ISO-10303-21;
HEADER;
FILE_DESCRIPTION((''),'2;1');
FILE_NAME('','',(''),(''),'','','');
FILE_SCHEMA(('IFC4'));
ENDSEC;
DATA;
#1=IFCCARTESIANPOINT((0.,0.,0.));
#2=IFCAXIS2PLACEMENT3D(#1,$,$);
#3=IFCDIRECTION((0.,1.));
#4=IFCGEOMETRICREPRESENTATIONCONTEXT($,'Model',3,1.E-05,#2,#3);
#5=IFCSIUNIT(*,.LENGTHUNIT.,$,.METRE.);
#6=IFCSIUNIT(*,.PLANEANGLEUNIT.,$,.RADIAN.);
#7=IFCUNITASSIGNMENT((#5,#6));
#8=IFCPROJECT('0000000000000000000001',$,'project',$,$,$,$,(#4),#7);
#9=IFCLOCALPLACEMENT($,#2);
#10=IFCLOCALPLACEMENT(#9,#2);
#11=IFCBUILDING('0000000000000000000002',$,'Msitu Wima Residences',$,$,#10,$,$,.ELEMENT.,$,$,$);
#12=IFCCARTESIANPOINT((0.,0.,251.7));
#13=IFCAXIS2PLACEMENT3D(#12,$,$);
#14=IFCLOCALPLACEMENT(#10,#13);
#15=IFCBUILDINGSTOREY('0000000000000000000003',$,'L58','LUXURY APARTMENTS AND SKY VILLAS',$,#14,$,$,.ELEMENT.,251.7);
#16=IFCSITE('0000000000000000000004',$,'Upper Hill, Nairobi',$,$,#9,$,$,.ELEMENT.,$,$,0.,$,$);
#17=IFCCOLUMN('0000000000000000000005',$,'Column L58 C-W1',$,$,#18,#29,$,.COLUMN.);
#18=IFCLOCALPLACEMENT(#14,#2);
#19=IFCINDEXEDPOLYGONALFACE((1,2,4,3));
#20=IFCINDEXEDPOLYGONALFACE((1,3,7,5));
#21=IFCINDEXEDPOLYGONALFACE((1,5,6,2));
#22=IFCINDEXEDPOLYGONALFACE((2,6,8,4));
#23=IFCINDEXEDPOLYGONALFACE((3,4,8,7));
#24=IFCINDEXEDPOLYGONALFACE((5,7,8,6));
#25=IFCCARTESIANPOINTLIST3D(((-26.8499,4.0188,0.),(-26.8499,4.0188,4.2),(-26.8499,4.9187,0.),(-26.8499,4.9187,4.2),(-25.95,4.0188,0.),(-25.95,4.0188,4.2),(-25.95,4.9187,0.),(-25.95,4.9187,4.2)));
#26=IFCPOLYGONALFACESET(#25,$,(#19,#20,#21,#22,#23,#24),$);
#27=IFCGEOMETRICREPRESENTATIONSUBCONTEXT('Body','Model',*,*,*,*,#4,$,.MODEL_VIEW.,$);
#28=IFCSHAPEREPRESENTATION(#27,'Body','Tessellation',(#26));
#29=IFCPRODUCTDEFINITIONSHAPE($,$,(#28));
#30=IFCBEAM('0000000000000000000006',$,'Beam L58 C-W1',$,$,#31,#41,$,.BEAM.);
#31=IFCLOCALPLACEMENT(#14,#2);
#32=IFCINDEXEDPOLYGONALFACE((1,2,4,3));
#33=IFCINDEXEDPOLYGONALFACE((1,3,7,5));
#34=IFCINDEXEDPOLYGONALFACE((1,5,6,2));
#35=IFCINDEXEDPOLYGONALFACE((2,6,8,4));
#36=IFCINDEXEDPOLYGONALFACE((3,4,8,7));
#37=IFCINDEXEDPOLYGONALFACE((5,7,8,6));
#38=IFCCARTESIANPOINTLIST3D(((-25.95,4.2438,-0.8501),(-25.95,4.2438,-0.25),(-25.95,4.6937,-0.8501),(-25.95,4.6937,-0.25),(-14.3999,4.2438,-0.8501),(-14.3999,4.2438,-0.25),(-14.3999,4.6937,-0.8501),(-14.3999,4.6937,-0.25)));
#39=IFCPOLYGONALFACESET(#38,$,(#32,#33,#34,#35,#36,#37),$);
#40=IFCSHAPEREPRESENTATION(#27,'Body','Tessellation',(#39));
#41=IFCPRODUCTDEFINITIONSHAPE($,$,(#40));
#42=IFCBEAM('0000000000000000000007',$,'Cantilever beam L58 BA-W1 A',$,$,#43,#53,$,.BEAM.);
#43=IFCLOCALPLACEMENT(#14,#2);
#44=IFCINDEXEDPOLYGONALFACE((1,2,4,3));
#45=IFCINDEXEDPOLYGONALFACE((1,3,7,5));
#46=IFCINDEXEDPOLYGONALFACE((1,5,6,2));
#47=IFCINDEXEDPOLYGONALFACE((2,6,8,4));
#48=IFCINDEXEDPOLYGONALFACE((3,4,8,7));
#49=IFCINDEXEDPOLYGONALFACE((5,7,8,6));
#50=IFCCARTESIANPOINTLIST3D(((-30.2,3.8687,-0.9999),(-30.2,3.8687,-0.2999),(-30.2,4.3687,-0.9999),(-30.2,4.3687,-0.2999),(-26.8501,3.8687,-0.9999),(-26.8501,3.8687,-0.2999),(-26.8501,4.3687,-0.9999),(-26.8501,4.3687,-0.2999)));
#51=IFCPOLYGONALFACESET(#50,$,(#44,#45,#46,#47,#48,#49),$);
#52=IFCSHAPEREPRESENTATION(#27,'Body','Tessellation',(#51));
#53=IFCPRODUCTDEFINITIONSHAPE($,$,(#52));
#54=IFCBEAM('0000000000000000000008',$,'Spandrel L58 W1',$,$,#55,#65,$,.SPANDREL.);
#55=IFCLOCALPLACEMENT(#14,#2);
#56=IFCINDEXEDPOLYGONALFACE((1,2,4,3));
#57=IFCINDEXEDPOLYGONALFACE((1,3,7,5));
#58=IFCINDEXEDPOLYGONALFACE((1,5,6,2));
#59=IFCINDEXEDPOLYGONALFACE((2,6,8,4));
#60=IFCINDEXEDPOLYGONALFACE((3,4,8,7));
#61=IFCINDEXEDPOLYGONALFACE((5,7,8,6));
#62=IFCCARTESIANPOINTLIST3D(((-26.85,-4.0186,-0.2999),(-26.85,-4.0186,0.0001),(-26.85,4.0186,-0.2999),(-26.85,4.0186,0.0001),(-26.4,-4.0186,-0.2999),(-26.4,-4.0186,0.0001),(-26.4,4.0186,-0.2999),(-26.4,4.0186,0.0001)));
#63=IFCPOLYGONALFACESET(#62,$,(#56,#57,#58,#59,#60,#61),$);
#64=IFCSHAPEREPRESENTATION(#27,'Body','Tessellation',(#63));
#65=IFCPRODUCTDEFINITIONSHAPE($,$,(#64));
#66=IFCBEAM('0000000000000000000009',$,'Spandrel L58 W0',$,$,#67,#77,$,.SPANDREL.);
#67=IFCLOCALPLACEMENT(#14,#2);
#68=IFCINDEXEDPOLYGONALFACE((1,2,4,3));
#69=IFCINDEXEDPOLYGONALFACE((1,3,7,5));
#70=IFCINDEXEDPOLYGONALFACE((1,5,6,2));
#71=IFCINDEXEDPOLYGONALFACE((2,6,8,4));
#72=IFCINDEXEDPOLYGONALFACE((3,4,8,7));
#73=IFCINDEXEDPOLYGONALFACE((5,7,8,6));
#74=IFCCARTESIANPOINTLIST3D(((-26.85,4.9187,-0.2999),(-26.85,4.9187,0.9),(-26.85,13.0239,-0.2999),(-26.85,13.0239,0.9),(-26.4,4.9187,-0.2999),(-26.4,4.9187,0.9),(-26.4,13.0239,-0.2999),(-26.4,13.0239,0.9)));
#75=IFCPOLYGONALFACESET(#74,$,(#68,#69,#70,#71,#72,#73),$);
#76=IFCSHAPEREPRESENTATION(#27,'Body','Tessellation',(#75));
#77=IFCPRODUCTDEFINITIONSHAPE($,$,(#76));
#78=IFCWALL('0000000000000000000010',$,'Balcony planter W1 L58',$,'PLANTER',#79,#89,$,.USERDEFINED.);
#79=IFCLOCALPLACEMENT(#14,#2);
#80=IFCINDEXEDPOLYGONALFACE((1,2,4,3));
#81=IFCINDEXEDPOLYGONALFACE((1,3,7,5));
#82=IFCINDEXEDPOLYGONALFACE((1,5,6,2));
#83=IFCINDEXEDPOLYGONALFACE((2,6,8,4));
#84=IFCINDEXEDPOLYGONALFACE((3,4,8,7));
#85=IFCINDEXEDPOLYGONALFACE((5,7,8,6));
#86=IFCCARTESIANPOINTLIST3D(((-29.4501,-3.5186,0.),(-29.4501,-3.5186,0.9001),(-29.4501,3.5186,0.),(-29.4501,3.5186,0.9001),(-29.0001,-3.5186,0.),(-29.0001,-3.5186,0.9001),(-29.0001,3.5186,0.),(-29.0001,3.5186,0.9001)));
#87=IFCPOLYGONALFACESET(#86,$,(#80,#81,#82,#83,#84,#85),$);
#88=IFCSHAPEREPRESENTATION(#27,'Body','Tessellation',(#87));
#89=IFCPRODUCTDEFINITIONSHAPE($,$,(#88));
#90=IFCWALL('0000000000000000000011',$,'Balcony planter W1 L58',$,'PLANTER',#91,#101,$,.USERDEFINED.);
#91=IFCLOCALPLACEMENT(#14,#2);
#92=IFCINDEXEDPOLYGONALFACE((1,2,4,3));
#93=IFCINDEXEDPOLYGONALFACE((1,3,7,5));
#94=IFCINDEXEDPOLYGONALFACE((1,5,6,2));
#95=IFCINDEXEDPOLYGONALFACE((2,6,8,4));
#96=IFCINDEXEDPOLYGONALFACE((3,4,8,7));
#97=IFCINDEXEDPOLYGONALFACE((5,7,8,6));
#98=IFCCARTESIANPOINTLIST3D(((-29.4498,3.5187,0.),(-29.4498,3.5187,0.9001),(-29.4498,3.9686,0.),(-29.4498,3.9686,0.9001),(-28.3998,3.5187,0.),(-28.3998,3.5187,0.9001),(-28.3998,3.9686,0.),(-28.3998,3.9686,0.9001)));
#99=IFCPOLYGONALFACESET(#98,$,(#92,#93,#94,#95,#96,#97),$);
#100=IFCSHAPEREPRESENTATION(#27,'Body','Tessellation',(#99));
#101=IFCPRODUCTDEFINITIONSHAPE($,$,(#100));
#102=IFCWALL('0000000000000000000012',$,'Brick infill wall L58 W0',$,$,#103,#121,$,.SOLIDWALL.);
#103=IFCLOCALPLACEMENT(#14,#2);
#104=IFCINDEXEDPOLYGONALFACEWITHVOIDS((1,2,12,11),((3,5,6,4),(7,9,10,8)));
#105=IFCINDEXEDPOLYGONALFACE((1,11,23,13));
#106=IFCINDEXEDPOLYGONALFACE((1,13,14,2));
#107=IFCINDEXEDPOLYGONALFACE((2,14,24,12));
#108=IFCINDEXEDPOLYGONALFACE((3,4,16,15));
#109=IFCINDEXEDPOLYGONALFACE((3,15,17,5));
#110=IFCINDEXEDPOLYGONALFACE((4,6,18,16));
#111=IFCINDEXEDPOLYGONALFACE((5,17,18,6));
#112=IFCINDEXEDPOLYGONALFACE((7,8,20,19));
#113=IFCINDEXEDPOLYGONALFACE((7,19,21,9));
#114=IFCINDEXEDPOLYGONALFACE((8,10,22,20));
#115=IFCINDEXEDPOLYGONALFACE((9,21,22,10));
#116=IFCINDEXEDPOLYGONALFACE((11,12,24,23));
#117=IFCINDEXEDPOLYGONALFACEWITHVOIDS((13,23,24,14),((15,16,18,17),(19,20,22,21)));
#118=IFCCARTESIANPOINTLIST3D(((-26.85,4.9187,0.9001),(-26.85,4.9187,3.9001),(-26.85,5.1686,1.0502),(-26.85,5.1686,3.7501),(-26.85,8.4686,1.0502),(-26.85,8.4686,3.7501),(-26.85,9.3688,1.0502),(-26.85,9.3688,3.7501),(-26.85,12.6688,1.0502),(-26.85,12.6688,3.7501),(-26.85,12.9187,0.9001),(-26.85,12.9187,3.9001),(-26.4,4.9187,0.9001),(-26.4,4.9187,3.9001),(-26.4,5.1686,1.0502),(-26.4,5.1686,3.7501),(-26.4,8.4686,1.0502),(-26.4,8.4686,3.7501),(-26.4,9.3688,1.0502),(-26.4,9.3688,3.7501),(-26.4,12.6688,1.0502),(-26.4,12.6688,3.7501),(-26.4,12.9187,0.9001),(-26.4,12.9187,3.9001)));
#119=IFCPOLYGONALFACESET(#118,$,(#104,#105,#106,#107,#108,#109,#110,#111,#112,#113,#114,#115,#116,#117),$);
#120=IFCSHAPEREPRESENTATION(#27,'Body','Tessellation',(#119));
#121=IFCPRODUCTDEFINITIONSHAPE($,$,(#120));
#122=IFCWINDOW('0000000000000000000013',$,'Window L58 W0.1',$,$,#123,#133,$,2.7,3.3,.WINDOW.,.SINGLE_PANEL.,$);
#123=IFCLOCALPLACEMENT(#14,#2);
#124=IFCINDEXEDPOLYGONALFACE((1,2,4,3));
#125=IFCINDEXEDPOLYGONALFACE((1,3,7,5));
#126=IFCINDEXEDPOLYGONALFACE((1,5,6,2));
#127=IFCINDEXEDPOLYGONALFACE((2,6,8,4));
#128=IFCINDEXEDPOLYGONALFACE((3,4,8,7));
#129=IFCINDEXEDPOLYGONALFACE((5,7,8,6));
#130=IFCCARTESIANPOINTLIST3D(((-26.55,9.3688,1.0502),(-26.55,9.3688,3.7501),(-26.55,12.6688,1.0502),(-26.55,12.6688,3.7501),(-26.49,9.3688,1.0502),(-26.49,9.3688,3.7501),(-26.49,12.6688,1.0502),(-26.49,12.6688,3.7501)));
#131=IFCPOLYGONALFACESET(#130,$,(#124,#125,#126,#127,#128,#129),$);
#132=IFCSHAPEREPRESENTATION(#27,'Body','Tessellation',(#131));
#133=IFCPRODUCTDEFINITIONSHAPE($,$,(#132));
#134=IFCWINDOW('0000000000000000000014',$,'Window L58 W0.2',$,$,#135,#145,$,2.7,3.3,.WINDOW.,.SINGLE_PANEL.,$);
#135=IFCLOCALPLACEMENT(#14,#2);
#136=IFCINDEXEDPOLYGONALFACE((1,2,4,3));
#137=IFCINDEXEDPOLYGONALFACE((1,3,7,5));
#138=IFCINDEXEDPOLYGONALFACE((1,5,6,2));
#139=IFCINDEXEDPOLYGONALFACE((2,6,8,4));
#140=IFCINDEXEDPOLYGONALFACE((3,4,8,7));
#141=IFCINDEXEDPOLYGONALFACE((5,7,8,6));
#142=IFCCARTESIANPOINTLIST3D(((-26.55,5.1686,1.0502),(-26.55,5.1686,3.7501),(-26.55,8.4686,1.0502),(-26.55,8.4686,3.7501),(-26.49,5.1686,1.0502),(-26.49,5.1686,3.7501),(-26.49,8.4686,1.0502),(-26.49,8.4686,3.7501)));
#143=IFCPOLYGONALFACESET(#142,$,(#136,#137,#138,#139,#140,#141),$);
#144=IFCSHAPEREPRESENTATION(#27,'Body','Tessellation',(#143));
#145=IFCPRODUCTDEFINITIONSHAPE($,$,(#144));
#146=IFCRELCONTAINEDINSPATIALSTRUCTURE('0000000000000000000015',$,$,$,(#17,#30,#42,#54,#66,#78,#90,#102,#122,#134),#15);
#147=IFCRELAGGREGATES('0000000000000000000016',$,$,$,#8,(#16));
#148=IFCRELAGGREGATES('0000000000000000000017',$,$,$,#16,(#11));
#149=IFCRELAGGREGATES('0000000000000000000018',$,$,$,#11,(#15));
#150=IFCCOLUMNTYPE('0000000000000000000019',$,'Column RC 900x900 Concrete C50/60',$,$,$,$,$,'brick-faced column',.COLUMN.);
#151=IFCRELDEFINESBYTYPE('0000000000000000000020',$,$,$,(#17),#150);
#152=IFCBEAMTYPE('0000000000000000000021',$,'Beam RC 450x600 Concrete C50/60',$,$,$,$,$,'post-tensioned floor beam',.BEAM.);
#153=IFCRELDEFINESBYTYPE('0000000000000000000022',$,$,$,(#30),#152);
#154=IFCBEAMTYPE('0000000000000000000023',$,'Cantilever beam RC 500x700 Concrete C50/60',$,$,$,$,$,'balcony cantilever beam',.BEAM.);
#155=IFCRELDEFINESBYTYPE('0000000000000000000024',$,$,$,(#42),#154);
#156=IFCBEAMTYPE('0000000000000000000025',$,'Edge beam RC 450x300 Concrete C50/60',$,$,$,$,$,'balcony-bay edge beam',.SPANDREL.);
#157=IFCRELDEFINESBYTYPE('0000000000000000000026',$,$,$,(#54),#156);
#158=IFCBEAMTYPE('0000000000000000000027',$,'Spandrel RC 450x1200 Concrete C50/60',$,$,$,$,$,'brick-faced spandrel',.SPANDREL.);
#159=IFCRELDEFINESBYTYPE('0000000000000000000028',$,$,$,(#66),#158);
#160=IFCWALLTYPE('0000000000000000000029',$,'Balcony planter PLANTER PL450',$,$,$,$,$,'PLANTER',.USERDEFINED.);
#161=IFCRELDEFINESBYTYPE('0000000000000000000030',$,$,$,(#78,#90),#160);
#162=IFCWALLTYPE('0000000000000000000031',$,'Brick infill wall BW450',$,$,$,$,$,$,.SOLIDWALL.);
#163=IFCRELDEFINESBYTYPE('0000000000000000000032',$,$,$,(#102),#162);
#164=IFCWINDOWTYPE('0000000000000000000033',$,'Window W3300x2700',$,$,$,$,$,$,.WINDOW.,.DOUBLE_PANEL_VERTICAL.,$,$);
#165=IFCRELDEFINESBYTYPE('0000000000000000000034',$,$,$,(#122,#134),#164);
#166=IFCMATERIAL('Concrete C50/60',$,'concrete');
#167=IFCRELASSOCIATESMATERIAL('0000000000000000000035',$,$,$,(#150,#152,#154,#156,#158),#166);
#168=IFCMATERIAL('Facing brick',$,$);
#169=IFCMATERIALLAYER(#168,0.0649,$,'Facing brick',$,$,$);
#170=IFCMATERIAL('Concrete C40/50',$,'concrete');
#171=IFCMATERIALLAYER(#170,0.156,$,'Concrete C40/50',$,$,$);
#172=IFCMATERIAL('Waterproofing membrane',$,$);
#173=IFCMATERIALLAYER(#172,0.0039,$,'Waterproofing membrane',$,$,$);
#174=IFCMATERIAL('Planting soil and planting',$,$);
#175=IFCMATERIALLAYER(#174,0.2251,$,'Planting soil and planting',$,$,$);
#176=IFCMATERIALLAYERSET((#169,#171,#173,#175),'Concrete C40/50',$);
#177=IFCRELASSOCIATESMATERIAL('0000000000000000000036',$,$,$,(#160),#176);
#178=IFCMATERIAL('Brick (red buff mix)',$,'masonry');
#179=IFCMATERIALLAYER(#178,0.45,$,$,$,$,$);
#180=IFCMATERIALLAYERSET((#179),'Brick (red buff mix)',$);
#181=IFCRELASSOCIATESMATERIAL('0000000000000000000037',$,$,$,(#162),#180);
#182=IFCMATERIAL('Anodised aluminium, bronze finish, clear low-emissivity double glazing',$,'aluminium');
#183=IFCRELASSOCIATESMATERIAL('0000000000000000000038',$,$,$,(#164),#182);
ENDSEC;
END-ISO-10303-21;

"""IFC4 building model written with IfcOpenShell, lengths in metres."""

from ifc_helpers import new_model, si_unit, direction, frame, frame_2d, origin, origin_2d, place, context, subcontext, project, spatial, rectangle, extrude, material, layer, layer_set, material_profile, profile_set, type_object, element, fill, save


model = new_model("IFC4")

# Units and contexts
model_context = context("Model", 3, precision=1e-05, world=origin(), true_north=direction((0.0, 1.0)))
body_context = subcontext(model_context, "Body", "Model", "MODEL_VIEW")
ifc_project = project(units=[si_unit("LENGTHUNIT", "METRE"), si_unit("PLANEANGLEUNIT", "RADIAN")], contexts=[model_context])

# Site, building, storey
site_placement = place(None, origin())
site = spatial("IfcSite", under=ifc_project, at=site_placement, Name="Upper Hill, Nairobi", CompositionType="ELEMENT", RefElevation=0.0)
building_placement = place(site_placement, origin())
building = spatial("IfcBuilding", under=site, at=building_placement, Name="Msitu Wima Residences", CompositionType="ELEMENT")
storey_placement = place(building_placement, frame((0.0, 0.0, 251.7)))
storey = spatial("IfcBuildingStorey", under=building, at=storey_placement, Name="L58", Description="LUXURY APARTMENTS AND SKY VILLAS", CompositionType="ELEMENT", Elevation=251.7)

# Column
ifc_material_1 = material(Name="Concrete C50/60", Category="concrete")
ifc_material_profile_1 = material_profile(ifc_material_1, rectangle(XDim=0.8999, YDim=0.8999, at=origin_2d()), Name="RC 900x900")
ifc_profile_set_1 = profile_set([ifc_material_profile_1], Name="Concrete C50/60")
column_type = type_object("IfcColumnType", Name="Column RC 900x900 Concrete C50/60", ElementType="brick-faced column", PredefinedType="COLUMN", material=ifc_profile_set_1)
column_placement = place(storey_placement, frame((-26.3999, 4.4688, 0.0), z_axis=(0.0, 0.0, 1.0), x_axis=(0.0, -1.0, 0.0)))
element("IfcColumn", 1, at=column_placement, inside=storey, type_object=column_type, Name="Column L58 C-W1", PredefinedType="COLUMN", context=body_context, shape_type="SweptSolid", body=[
    extrude(rectangle(XDim=0.8999, YDim=0.8999, at=origin_2d()), origin(), (0.0, 0.0, 1.0), 4.2),
])

# Beams
ifc_material_profile_2 = material_profile(ifc_material_1, rectangle(XDim=0.45, YDim=0.6001, at=origin_2d()), Name="RC 450x600")
ifc_profile_set_2 = profile_set([ifc_material_profile_2], Name="Concrete C50/60")
beam_type_1 = type_object("IfcBeamType", Name="Beam RC 450x600 Concrete C50/60", ElementType="post-tensioned floor beam", PredefinedType="BEAM", material=ifc_profile_set_2)
beam_1_placement = place(storey_placement, frame((-25.95, 4.4688, -0.55), z_axis=(1.0, 0.0, 0.0), x_axis=(0.0, 1.0, 0.0)))
element("IfcBeam", 2, at=beam_1_placement, inside=storey, type_object=beam_type_1, Name="Beam L58 C-W1", PredefinedType="BEAM", context=body_context, shape_type="SweptSolid", body=[
    extrude(rectangle(XDim=0.45, YDim=0.6001, at=origin_2d()), origin(), (0.0, 0.0, 1.0), 11.55),
])
ifc_material_profile_3 = material_profile(ifc_material_1, rectangle(XDim=0.5, YDim=0.7, at=origin_2d()), Name="RC 500x700")
ifc_profile_set_3 = profile_set([ifc_material_profile_3], Name="Concrete C50/60")
beam_type_2 = type_object("IfcBeamType", Name="Cantilever beam RC 500x700 Concrete C50/60", ElementType="balcony cantilever beam", PredefinedType="BEAM", material=ifc_profile_set_3)
beam_2_placement = place(storey_placement, frame((-26.8501, 4.1187, -0.6499), z_axis=(-1.0, 0.0, 0.0), x_axis=(0.0, -1.0, 0.0)))
element("IfcBeam", 3, at=beam_2_placement, inside=storey, type_object=beam_type_2, Name="Cantilever beam L58 BA-W1 A", PredefinedType="BEAM", context=body_context, shape_type="SweptSolid", body=[
    extrude(rectangle(XDim=0.5, YDim=0.7, at=origin_2d()), origin(), (0.0, 0.0, 1.0), 3.3499),
])
ifc_material_profile_4 = material_profile(ifc_material_1, rectangle(XDim=0.45, YDim=0.3, at=origin_2d()), Name="RC 450x300")
ifc_profile_set_4 = profile_set([ifc_material_profile_4], Name="Concrete C50/60")
beam_type_3 = type_object("IfcBeamType", Name="Edge beam RC 450x300 Concrete C50/60", ElementType="balcony-bay edge beam", PredefinedType="SPANDREL", material=ifc_profile_set_4)
beam_3_placement = place(storey_placement, frame((-26.625, 4.0186, -0.1499), z_axis=(0.0, -1.0, 0.0), x_axis=(1.0, 0.0, 0.0)))
element("IfcBeam", 4, at=beam_3_placement, inside=storey, type_object=beam_type_3, Name="Spandrel L58 W1", PredefinedType="SPANDREL", context=body_context, shape_type="SweptSolid", body=[
    extrude(rectangle(XDim=0.45, YDim=0.3, at=origin_2d()), origin(), (0.0, 0.0, 1.0), 8.0371),
])
ifc_material_profile_5 = material_profile(ifc_material_1, rectangle(XDim=0.45, YDim=1.2, at=origin_2d()), Name="RC 450x1200")
ifc_profile_set_5 = profile_set([ifc_material_profile_5], Name="Concrete C50/60")
beam_type_4 = type_object("IfcBeamType", Name="Spandrel RC 450x1200 Concrete C50/60", ElementType="brick-faced spandrel", PredefinedType="SPANDREL", material=ifc_profile_set_5)
beam_4_placement = place(storey_placement, frame((-26.625, 13.0239, 0.3), z_axis=(0.0, -1.0, 0.0), x_axis=(1.0, 0.0, 0.0)))
element("IfcBeam", 5, at=beam_4_placement, inside=storey, type_object=beam_type_4, Name="Spandrel L58 W0", PredefinedType="SPANDREL", context=body_context, shape_type="SweptSolid", body=[
    extrude(rectangle(XDim=0.45, YDim=1.2, at=origin_2d()), origin(), (0.0, 0.0, 1.0), 8.1052),
])

# Walls
ifc_material_2 = material(Name="Facing brick")
ifc_layer_1 = layer(ifc_material_2, 0.0649, Name="Facing brick")
ifc_material_3 = material(Name="Concrete C40/50", Category="concrete")
ifc_layer_2 = layer(ifc_material_3, 0.156, Name="Concrete C40/50")
ifc_material_4 = material(Name="Waterproofing membrane")
ifc_layer_3 = layer(ifc_material_4, 0.0039, Name="Waterproofing membrane")
ifc_material_5 = material(Name="Planting soil and planting")
ifc_layer_4 = layer(ifc_material_5, 0.2251, Name="Planting soil and planting")
ifc_layer_set_1 = layer_set([ifc_layer_1, ifc_layer_2, ifc_layer_3, ifc_layer_4], Name="Concrete C40/50")
wall_type_1 = type_object("IfcWallType", Name="Balcony planter PLANTER PL450", ElementType="PLANTER", PredefinedType="USERDEFINED", material=ifc_layer_set_1)
wall_1_placement = place(storey_placement, frame((-29.2251, 3.5186, 0.0), z_axis=(0.0, 0.0, 1.0), x_axis=(0.0, -1.0, 0.0)))
element("IfcWall", 6, at=wall_1_placement, inside=storey, type_object=wall_type_1, Name="Balcony planter W1 L58", ObjectType="PLANTER", PredefinedType="USERDEFINED", context=body_context, shape_type="SweptSolid", body=[
    extrude(rectangle(XDim=7.0371, YDim=0.45, at=frame_2d((3.5186, 0.0))), origin(), (0.0, 0.0, 1.0), 0.9001),
])
wall_2_placement = place(storey_placement, frame((-28.3999, 3.7437, 0.0), z_axis=(0.0, 0.0, 1.0), x_axis=(-1.0, 0.0, 0.0)))
element("IfcWall", 7, at=wall_2_placement, inside=storey, type_object=wall_type_1, Name="Balcony planter W1 L58", ObjectType="PLANTER", PredefinedType="USERDEFINED", context=body_context, shape_type="SweptSolid", body=[
    extrude(rectangle(XDim=1.05, YDim=0.45, at=frame_2d((0.5249, 0.0))), origin(), (0.0, 0.0, 1.0), 0.9001),
])

# Wall, openings, windows
ifc_material_6 = material(Name="Brick (red buff mix)", Category="masonry")
ifc_layer_5 = layer(ifc_material_6, 0.45)
ifc_layer_set_2 = layer_set([ifc_layer_5], Name="Brick (red buff mix)")
wall_type_2 = type_object("IfcWallType", Name="Brick infill wall BW450", PredefinedType="SOLIDWALL", material=ifc_layer_set_2)
wall_3_placement = place(storey_placement, frame((-26.625, 12.9187, 0.9001), z_axis=(0.0, 0.0, 1.0), x_axis=(0.0, -1.0, 0.0)))
wall_3 = element("IfcWall", 8, at=wall_3_placement, inside=storey, type_object=wall_type_2, Name="Brick infill wall L58 W0", PredefinedType="SOLIDWALL", context=body_context, shape_type="SweptSolid", body=[
    extrude(rectangle(XDim=8.0, YDim=0.45, at=frame_2d((4.0, 0.0))), origin(), (0.0, 0.0, 1.0), 3.0),
])
opening_1_placement = place(wall_3_placement, frame((0.25, 0.0, 0.1499)))
opening_1 = element("IfcOpeningElement", 9, at=opening_1_placement, cuts=wall_3, PredefinedType="OPENING", context=body_context, shape_type="SweptSolid", body=[
    extrude(rectangle(XDim=3.3, YDim=2.7, at=frame_2d((1.6499, 1.3501))), frame((0.0, 0.2349, 0.0), z_axis=(0.0, -1.0, 0.0), x_axis=(1.0, 0.0, 0.0)), (0.0, 0.0, 1.0), 0.47),
])
opening_2_placement = place(wall_3_placement, frame((4.4502, 0.0, 0.1499)))
opening_2 = element("IfcOpeningElement", 10, at=opening_2_placement, cuts=wall_3, PredefinedType="OPENING", context=body_context, shape_type="SweptSolid", body=[
    extrude(rectangle(XDim=3.3, YDim=2.7, at=frame_2d((1.6499, 1.3501))), frame((0.0, 0.2349, 0.0), z_axis=(0.0, -1.0, 0.0), x_axis=(1.0, 0.0, 0.0)), (0.0, 0.0, 1.0), 0.47),
])
ifc_material_7 = material(Name="Anodised aluminium, bronze finish, clear low-emissivity double glazing", Category="aluminium")
window_type = type_object("IfcWindowType", Name="Window W3300x2700", PartitioningType="DOUBLE_PANEL_VERTICAL", PredefinedType="WINDOW", material=ifc_material_7)
window_1_placement = place(opening_1_placement, origin())
window_1 = element("IfcWindow", 11, at=window_1_placement, inside=storey, type_object=window_type, Name="Window L58 W0.1", OverallHeight=2.7, OverallWidth=3.3, PartitioningType="SINGLE_PANEL", PredefinedType="WINDOW", context=body_context, shape_type="SweptSolid", body=[
    extrude(rectangle(XDim=3.3, YDim=2.7, at=frame_2d((1.6499, 1.3501))), frame((0.0, 0.135, 0.0), z_axis=(0.0, -1.0, 0.0), x_axis=(1.0, 0.0, 0.0)), (0.0, 0.0, 1.0), 0.0601),
])
fill(opening_1, window_1)
window_2_placement = place(opening_2_placement, origin())
window_2 = element("IfcWindow", 12, at=window_2_placement, inside=storey, type_object=window_type, Name="Window L58 W0.2", OverallHeight=2.7, OverallWidth=3.3, PartitioningType="SINGLE_PANEL", PredefinedType="WINDOW", context=body_context, shape_type="SweptSolid", body=[
    extrude(rectangle(XDim=3.3, YDim=2.7, at=frame_2d((1.6499, 1.3501))), frame((0.0, 0.135, 0.0), z_axis=(0.0, -1.0, 0.0), x_axis=(1.0, 0.0, 0.0)), (0.0, 0.0, 1.0), 0.0601),
])
fill(opening_2, window_2)

save(model, "model.ifc")
